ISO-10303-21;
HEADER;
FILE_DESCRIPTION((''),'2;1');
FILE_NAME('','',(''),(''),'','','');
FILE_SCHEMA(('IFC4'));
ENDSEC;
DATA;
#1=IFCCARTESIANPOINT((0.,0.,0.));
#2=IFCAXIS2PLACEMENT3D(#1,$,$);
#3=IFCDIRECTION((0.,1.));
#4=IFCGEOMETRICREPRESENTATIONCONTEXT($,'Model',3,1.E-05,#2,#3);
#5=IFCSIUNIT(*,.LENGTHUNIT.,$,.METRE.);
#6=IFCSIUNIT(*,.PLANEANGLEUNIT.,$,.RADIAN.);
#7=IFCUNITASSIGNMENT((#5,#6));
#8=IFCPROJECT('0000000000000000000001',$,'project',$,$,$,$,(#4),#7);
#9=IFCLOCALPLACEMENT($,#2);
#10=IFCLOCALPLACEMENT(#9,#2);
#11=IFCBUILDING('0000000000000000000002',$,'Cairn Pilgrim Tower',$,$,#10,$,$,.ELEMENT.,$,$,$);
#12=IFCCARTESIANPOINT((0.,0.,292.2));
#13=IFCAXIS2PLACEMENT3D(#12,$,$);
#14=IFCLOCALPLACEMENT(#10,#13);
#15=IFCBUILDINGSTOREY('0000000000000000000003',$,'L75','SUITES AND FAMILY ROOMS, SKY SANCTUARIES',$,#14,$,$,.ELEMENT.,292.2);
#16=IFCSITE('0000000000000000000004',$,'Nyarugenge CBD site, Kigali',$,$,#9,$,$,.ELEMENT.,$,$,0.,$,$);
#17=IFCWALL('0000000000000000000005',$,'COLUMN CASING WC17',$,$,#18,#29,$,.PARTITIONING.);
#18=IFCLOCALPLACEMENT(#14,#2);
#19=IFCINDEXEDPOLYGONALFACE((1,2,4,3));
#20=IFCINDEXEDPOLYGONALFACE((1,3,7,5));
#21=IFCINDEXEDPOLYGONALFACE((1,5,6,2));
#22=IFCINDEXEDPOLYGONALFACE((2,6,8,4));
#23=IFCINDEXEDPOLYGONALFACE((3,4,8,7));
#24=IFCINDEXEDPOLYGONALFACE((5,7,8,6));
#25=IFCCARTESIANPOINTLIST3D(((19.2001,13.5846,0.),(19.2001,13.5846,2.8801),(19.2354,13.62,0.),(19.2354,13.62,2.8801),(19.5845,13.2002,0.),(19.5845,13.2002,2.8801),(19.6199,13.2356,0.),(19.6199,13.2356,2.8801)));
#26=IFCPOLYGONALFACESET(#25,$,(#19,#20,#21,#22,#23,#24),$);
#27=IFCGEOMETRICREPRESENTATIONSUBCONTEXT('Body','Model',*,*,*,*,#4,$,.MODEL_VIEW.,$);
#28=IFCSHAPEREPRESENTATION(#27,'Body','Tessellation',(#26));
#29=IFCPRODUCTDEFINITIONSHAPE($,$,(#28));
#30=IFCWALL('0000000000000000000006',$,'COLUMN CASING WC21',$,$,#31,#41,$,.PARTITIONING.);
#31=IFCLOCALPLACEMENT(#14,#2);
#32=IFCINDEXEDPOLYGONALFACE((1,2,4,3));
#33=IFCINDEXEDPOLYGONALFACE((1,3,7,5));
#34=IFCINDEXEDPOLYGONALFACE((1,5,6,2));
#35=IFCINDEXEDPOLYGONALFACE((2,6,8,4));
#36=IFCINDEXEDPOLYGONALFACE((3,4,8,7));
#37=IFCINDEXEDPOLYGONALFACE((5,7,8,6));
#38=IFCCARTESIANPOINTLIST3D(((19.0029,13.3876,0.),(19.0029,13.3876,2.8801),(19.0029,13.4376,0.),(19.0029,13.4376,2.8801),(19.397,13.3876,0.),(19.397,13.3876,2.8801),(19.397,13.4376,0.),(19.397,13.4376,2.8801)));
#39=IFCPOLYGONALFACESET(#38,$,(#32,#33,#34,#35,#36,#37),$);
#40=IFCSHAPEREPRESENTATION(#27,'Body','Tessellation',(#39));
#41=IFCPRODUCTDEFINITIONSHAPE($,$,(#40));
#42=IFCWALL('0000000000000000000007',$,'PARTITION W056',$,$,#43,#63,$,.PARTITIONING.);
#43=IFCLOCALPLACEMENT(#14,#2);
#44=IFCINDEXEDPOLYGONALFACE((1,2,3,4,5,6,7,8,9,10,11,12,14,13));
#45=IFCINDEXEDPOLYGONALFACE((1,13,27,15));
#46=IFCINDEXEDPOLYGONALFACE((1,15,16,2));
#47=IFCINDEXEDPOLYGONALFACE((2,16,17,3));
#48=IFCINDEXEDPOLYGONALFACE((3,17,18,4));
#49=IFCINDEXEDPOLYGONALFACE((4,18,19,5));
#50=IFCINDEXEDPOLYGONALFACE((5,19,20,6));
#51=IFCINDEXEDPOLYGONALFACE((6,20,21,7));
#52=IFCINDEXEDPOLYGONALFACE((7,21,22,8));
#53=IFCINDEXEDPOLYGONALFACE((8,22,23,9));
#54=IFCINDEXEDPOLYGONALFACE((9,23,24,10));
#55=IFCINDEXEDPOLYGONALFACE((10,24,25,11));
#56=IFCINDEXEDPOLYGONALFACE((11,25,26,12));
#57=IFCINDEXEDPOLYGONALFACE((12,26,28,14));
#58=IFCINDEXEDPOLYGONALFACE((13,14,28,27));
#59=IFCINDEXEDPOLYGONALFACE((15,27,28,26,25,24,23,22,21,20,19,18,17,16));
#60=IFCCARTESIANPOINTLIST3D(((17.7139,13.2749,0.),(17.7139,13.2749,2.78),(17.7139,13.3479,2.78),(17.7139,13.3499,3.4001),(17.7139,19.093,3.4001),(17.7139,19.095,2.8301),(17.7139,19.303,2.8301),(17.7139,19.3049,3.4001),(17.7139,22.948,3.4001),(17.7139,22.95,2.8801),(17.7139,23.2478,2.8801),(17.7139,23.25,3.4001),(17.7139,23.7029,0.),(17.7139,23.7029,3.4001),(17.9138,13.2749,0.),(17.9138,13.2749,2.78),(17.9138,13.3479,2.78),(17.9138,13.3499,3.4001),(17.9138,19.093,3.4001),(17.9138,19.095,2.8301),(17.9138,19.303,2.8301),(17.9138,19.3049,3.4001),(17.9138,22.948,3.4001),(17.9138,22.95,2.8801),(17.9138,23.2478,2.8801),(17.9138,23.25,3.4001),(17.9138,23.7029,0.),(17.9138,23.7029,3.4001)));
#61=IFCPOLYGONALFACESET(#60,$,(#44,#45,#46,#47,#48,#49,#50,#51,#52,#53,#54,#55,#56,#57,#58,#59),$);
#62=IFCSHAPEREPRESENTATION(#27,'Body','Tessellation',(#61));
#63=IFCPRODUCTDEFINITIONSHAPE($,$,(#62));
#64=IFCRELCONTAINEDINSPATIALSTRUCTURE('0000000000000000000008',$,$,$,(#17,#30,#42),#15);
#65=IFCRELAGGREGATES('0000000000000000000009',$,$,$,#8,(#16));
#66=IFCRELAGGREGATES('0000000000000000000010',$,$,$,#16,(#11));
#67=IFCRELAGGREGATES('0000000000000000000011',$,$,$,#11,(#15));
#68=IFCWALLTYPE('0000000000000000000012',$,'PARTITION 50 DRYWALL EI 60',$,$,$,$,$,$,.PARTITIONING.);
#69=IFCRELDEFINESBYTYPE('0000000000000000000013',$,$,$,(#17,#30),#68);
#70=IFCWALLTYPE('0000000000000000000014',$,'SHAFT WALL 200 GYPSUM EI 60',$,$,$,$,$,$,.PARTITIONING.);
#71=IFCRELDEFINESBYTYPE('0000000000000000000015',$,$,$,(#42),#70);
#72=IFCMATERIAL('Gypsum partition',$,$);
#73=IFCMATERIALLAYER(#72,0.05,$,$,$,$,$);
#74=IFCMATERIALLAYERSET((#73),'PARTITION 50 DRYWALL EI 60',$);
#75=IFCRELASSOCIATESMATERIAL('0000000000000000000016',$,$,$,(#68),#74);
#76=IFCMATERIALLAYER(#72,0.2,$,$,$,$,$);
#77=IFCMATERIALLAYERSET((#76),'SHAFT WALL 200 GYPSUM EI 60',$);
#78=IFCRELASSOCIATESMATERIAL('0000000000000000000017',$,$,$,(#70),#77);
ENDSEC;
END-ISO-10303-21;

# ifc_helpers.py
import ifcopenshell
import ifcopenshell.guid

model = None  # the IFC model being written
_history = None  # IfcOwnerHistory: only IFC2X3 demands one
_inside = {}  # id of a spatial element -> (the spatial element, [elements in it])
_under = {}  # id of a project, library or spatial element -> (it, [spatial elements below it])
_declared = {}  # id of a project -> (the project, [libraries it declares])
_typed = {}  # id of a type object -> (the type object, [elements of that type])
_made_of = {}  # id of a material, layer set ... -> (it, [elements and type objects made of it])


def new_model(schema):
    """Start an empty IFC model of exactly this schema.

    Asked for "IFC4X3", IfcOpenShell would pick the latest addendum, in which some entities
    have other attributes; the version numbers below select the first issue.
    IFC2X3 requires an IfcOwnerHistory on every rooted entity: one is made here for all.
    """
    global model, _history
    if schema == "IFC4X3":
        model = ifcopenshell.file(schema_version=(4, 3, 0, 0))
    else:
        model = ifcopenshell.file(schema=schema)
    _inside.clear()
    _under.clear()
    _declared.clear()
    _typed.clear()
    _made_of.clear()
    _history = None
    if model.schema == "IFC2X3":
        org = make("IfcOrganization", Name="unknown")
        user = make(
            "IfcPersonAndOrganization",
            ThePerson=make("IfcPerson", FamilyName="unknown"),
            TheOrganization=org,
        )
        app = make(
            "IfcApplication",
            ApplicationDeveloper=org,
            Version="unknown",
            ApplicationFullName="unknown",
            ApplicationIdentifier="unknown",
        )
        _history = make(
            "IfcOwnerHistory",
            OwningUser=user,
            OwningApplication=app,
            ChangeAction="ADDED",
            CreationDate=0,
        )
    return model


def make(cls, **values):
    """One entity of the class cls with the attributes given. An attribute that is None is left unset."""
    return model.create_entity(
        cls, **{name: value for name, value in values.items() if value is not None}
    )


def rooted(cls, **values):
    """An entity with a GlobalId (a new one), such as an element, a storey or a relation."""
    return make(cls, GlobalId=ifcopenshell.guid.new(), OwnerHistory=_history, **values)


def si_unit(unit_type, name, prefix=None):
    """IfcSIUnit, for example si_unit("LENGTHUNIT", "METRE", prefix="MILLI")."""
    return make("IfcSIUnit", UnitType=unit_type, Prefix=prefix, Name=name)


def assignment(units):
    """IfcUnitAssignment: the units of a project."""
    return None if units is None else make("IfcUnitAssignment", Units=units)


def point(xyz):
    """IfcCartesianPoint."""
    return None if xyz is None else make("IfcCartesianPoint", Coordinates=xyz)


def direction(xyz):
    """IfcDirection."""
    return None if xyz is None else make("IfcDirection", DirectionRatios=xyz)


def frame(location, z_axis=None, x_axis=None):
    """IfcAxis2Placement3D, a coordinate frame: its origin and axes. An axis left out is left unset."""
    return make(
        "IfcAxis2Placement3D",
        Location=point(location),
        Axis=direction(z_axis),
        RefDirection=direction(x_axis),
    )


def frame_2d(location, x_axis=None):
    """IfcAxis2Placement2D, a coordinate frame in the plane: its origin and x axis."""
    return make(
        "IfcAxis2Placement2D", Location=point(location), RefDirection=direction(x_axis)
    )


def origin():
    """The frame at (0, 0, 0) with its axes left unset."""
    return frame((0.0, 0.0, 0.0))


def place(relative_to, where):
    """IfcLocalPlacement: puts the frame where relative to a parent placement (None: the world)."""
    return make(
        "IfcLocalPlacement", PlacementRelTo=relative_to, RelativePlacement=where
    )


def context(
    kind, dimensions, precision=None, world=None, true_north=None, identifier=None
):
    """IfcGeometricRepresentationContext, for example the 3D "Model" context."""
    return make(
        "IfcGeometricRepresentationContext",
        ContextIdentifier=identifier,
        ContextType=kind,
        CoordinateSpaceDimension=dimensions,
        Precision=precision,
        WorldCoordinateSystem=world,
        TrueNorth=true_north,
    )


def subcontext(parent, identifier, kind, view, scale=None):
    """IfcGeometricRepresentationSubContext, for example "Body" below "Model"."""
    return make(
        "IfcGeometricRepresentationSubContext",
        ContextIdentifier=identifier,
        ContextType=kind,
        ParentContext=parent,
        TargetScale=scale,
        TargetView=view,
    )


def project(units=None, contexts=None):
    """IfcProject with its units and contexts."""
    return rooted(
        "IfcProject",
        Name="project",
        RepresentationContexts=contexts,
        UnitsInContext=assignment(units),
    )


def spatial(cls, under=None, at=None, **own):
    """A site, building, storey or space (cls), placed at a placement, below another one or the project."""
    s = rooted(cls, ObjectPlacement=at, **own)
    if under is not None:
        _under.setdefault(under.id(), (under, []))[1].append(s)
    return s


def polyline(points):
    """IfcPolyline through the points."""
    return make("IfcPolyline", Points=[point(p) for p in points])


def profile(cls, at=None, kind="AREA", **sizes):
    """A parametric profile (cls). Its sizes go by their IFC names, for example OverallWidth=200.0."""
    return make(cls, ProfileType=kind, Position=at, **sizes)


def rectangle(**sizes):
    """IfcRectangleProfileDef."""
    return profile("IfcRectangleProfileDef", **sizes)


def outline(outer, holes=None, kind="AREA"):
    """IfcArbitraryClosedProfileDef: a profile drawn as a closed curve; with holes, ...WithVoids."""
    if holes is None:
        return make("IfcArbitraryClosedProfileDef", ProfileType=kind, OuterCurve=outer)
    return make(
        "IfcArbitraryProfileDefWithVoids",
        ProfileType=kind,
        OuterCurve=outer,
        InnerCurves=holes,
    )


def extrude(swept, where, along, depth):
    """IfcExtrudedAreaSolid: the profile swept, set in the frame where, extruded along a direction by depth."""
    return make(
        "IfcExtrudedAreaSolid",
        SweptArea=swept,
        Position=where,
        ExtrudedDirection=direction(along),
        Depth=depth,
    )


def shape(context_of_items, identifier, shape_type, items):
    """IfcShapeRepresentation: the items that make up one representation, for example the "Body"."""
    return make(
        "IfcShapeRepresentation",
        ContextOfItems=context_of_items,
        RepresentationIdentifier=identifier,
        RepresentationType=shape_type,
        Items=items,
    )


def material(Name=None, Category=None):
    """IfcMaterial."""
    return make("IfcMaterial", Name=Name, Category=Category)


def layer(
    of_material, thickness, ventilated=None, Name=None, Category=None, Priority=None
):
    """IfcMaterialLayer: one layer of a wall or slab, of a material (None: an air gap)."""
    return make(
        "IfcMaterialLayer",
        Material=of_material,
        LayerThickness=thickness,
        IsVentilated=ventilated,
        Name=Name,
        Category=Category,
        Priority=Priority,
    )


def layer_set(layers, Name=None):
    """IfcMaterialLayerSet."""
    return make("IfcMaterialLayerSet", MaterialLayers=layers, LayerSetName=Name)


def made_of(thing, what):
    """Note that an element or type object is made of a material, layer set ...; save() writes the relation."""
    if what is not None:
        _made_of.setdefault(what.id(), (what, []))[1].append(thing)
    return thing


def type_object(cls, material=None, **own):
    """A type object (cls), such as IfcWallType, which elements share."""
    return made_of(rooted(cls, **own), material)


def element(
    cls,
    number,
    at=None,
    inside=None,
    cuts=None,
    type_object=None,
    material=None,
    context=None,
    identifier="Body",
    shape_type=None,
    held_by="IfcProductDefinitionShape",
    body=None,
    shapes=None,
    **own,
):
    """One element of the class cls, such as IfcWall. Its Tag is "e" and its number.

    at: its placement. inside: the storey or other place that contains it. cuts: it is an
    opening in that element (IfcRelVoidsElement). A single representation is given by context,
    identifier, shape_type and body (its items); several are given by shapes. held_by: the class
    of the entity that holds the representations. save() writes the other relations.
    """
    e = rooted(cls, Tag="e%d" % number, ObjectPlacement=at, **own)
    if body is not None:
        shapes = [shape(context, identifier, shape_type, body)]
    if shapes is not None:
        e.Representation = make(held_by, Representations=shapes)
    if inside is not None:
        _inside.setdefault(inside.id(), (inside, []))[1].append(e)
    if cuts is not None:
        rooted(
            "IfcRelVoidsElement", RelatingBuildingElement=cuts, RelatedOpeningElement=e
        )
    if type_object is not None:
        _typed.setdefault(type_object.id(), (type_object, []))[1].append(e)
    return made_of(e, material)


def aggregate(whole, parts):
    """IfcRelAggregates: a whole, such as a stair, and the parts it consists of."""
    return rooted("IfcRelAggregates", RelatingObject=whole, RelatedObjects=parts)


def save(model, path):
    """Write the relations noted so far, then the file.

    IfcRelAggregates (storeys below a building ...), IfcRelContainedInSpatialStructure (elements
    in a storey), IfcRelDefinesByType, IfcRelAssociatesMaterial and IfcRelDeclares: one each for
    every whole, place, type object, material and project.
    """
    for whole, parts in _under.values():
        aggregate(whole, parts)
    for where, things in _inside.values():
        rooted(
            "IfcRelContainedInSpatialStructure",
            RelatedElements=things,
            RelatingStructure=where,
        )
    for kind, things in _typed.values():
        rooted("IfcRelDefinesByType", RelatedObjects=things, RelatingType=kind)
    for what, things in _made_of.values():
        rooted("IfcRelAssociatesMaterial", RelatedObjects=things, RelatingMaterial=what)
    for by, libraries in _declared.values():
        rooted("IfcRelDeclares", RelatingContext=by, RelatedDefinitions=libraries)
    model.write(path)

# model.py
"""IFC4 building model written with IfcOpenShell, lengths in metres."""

from ifc_helpers import new_model, si_unit, direction, frame, frame_2d, origin, place, context, subcontext, project, spatial, polyline, rectangle, outline, extrude, material, layer, layer_set, type_object, element, save


model = new_model("IFC4")

# Units and contexts
model_context = context("Model", 3, precision=1e-05, world=origin(), true_north=direction((0.0, 1.0)))
body_context = subcontext(model_context, "Body", "Model", "MODEL_VIEW")
ifc_project = project(units=[si_unit("LENGTHUNIT", "METRE"), si_unit("PLANEANGLEUNIT", "RADIAN")], contexts=[model_context])

# Site, building, storey
site_placement = place(None, origin())
site = spatial("IfcSite", under=ifc_project, at=site_placement, Name="Nyarugenge CBD site, Kigali", CompositionType="ELEMENT", RefElevation=0.0)
building_placement = place(site_placement, origin())
building = spatial("IfcBuilding", under=site, at=building_placement, Name="Cairn Pilgrim Tower", CompositionType="ELEMENT")
storey_placement = place(building_placement, frame((0.0, 0.0, 292.2)))
storey = spatial("IfcBuildingStorey", under=building, at=storey_placement, Name="L75", Description="SUITES AND FAMILY ROOMS, SKY SANCTUARIES", CompositionType="ELEMENT", Elevation=292.2)

# Shared definitions
ifc_material_1 = material(Name="Gypsum partition")

# Walls
ifc_layer_1 = layer(ifc_material_1, 0.05)
ifc_layer_set_1 = layer_set([ifc_layer_1], Name="PARTITION 50 DRYWALL EI 60")
wall_type_1 = type_object("IfcWallType", Name="PARTITION 50 DRYWALL EI 60", PredefinedType="PARTITIONING", material=ifc_layer_set_1)
wall_1_placement = place(storey_placement, frame((19.6023, 13.2178, 0.0), z_axis=(0.0, 0.0, 1.0), x_axis=(-0.707107, 0.707107, 0.0)))
element("IfcWall", 1, at=wall_1_placement, inside=storey, type_object=wall_type_1, Name="COLUMN CASING WC17", PredefinedType="PARTITIONING", context=body_context, shape_type="SweptSolid", body=[
    extrude(rectangle(XDim=0.5437, YDim=0.05, at=frame_2d((0.272, 0.0))), origin(), (0.0, 0.0, 1.0), 2.8801),
])
wall_2_placement = place(storey_placement, frame((19.0029, 13.4126, 0.0), z_axis=(0.0, 0.0, 1.0), x_axis=(1.0, 0.0, 0.0)))
element("IfcWall", 2, at=wall_2_placement, inside=storey, type_object=wall_type_1, Name="COLUMN CASING WC21", PredefinedType="PARTITIONING", context=body_context, shape_type="SweptSolid", body=[
    extrude(rectangle(XDim=0.394, YDim=0.05, at=frame_2d((0.197, 0.0))), origin(), (0.0, 0.0, 1.0), 2.8801),
])
ifc_layer_2 = layer(ifc_material_1, 0.2)
ifc_layer_set_2 = layer_set([ifc_layer_2], Name="SHAFT WALL 200 GYPSUM EI 60")
wall_type_2 = type_object("IfcWallType", Name="SHAFT WALL 200 GYPSUM EI 60", PredefinedType="PARTITIONING", material=ifc_layer_set_2)
wall_3_placement = place(storey_placement, frame((17.814, 13.2749, 0.0), z_axis=(0.0, 0.0, 1.0), x_axis=(0.0, 1.0, 0.0)))
element("IfcWall", 3, at=wall_3_placement, inside=storey, type_object=wall_type_2, Name="PARTITION W056", PredefinedType="PARTITIONING", context=body_context, shape_type="SweptSolid", body=[
    extrude(outline(polyline([(0.0, 0.0), (10.428, 0.0), (10.428, 3.4001), (9.9751, 3.4001), (9.9729, 2.8801), (9.675, 2.8801), (9.6731, 3.4001), (6.03, 3.4001), (6.0281, 2.8301), (5.8201, 2.8301), (5.8181, 3.4001), (0.075, 3.4001), (0.073, 2.78), (0.0, 2.78), (0.0, 0.0)])), frame((0.0, 0.1001, 0.0), z_axis=(0.0, -1.0, 0.0), x_axis=(1.0, 0.0, 0.0)), (0.0, 0.0, 1.0), 0.2),
])

save(model, "model.ifc")
